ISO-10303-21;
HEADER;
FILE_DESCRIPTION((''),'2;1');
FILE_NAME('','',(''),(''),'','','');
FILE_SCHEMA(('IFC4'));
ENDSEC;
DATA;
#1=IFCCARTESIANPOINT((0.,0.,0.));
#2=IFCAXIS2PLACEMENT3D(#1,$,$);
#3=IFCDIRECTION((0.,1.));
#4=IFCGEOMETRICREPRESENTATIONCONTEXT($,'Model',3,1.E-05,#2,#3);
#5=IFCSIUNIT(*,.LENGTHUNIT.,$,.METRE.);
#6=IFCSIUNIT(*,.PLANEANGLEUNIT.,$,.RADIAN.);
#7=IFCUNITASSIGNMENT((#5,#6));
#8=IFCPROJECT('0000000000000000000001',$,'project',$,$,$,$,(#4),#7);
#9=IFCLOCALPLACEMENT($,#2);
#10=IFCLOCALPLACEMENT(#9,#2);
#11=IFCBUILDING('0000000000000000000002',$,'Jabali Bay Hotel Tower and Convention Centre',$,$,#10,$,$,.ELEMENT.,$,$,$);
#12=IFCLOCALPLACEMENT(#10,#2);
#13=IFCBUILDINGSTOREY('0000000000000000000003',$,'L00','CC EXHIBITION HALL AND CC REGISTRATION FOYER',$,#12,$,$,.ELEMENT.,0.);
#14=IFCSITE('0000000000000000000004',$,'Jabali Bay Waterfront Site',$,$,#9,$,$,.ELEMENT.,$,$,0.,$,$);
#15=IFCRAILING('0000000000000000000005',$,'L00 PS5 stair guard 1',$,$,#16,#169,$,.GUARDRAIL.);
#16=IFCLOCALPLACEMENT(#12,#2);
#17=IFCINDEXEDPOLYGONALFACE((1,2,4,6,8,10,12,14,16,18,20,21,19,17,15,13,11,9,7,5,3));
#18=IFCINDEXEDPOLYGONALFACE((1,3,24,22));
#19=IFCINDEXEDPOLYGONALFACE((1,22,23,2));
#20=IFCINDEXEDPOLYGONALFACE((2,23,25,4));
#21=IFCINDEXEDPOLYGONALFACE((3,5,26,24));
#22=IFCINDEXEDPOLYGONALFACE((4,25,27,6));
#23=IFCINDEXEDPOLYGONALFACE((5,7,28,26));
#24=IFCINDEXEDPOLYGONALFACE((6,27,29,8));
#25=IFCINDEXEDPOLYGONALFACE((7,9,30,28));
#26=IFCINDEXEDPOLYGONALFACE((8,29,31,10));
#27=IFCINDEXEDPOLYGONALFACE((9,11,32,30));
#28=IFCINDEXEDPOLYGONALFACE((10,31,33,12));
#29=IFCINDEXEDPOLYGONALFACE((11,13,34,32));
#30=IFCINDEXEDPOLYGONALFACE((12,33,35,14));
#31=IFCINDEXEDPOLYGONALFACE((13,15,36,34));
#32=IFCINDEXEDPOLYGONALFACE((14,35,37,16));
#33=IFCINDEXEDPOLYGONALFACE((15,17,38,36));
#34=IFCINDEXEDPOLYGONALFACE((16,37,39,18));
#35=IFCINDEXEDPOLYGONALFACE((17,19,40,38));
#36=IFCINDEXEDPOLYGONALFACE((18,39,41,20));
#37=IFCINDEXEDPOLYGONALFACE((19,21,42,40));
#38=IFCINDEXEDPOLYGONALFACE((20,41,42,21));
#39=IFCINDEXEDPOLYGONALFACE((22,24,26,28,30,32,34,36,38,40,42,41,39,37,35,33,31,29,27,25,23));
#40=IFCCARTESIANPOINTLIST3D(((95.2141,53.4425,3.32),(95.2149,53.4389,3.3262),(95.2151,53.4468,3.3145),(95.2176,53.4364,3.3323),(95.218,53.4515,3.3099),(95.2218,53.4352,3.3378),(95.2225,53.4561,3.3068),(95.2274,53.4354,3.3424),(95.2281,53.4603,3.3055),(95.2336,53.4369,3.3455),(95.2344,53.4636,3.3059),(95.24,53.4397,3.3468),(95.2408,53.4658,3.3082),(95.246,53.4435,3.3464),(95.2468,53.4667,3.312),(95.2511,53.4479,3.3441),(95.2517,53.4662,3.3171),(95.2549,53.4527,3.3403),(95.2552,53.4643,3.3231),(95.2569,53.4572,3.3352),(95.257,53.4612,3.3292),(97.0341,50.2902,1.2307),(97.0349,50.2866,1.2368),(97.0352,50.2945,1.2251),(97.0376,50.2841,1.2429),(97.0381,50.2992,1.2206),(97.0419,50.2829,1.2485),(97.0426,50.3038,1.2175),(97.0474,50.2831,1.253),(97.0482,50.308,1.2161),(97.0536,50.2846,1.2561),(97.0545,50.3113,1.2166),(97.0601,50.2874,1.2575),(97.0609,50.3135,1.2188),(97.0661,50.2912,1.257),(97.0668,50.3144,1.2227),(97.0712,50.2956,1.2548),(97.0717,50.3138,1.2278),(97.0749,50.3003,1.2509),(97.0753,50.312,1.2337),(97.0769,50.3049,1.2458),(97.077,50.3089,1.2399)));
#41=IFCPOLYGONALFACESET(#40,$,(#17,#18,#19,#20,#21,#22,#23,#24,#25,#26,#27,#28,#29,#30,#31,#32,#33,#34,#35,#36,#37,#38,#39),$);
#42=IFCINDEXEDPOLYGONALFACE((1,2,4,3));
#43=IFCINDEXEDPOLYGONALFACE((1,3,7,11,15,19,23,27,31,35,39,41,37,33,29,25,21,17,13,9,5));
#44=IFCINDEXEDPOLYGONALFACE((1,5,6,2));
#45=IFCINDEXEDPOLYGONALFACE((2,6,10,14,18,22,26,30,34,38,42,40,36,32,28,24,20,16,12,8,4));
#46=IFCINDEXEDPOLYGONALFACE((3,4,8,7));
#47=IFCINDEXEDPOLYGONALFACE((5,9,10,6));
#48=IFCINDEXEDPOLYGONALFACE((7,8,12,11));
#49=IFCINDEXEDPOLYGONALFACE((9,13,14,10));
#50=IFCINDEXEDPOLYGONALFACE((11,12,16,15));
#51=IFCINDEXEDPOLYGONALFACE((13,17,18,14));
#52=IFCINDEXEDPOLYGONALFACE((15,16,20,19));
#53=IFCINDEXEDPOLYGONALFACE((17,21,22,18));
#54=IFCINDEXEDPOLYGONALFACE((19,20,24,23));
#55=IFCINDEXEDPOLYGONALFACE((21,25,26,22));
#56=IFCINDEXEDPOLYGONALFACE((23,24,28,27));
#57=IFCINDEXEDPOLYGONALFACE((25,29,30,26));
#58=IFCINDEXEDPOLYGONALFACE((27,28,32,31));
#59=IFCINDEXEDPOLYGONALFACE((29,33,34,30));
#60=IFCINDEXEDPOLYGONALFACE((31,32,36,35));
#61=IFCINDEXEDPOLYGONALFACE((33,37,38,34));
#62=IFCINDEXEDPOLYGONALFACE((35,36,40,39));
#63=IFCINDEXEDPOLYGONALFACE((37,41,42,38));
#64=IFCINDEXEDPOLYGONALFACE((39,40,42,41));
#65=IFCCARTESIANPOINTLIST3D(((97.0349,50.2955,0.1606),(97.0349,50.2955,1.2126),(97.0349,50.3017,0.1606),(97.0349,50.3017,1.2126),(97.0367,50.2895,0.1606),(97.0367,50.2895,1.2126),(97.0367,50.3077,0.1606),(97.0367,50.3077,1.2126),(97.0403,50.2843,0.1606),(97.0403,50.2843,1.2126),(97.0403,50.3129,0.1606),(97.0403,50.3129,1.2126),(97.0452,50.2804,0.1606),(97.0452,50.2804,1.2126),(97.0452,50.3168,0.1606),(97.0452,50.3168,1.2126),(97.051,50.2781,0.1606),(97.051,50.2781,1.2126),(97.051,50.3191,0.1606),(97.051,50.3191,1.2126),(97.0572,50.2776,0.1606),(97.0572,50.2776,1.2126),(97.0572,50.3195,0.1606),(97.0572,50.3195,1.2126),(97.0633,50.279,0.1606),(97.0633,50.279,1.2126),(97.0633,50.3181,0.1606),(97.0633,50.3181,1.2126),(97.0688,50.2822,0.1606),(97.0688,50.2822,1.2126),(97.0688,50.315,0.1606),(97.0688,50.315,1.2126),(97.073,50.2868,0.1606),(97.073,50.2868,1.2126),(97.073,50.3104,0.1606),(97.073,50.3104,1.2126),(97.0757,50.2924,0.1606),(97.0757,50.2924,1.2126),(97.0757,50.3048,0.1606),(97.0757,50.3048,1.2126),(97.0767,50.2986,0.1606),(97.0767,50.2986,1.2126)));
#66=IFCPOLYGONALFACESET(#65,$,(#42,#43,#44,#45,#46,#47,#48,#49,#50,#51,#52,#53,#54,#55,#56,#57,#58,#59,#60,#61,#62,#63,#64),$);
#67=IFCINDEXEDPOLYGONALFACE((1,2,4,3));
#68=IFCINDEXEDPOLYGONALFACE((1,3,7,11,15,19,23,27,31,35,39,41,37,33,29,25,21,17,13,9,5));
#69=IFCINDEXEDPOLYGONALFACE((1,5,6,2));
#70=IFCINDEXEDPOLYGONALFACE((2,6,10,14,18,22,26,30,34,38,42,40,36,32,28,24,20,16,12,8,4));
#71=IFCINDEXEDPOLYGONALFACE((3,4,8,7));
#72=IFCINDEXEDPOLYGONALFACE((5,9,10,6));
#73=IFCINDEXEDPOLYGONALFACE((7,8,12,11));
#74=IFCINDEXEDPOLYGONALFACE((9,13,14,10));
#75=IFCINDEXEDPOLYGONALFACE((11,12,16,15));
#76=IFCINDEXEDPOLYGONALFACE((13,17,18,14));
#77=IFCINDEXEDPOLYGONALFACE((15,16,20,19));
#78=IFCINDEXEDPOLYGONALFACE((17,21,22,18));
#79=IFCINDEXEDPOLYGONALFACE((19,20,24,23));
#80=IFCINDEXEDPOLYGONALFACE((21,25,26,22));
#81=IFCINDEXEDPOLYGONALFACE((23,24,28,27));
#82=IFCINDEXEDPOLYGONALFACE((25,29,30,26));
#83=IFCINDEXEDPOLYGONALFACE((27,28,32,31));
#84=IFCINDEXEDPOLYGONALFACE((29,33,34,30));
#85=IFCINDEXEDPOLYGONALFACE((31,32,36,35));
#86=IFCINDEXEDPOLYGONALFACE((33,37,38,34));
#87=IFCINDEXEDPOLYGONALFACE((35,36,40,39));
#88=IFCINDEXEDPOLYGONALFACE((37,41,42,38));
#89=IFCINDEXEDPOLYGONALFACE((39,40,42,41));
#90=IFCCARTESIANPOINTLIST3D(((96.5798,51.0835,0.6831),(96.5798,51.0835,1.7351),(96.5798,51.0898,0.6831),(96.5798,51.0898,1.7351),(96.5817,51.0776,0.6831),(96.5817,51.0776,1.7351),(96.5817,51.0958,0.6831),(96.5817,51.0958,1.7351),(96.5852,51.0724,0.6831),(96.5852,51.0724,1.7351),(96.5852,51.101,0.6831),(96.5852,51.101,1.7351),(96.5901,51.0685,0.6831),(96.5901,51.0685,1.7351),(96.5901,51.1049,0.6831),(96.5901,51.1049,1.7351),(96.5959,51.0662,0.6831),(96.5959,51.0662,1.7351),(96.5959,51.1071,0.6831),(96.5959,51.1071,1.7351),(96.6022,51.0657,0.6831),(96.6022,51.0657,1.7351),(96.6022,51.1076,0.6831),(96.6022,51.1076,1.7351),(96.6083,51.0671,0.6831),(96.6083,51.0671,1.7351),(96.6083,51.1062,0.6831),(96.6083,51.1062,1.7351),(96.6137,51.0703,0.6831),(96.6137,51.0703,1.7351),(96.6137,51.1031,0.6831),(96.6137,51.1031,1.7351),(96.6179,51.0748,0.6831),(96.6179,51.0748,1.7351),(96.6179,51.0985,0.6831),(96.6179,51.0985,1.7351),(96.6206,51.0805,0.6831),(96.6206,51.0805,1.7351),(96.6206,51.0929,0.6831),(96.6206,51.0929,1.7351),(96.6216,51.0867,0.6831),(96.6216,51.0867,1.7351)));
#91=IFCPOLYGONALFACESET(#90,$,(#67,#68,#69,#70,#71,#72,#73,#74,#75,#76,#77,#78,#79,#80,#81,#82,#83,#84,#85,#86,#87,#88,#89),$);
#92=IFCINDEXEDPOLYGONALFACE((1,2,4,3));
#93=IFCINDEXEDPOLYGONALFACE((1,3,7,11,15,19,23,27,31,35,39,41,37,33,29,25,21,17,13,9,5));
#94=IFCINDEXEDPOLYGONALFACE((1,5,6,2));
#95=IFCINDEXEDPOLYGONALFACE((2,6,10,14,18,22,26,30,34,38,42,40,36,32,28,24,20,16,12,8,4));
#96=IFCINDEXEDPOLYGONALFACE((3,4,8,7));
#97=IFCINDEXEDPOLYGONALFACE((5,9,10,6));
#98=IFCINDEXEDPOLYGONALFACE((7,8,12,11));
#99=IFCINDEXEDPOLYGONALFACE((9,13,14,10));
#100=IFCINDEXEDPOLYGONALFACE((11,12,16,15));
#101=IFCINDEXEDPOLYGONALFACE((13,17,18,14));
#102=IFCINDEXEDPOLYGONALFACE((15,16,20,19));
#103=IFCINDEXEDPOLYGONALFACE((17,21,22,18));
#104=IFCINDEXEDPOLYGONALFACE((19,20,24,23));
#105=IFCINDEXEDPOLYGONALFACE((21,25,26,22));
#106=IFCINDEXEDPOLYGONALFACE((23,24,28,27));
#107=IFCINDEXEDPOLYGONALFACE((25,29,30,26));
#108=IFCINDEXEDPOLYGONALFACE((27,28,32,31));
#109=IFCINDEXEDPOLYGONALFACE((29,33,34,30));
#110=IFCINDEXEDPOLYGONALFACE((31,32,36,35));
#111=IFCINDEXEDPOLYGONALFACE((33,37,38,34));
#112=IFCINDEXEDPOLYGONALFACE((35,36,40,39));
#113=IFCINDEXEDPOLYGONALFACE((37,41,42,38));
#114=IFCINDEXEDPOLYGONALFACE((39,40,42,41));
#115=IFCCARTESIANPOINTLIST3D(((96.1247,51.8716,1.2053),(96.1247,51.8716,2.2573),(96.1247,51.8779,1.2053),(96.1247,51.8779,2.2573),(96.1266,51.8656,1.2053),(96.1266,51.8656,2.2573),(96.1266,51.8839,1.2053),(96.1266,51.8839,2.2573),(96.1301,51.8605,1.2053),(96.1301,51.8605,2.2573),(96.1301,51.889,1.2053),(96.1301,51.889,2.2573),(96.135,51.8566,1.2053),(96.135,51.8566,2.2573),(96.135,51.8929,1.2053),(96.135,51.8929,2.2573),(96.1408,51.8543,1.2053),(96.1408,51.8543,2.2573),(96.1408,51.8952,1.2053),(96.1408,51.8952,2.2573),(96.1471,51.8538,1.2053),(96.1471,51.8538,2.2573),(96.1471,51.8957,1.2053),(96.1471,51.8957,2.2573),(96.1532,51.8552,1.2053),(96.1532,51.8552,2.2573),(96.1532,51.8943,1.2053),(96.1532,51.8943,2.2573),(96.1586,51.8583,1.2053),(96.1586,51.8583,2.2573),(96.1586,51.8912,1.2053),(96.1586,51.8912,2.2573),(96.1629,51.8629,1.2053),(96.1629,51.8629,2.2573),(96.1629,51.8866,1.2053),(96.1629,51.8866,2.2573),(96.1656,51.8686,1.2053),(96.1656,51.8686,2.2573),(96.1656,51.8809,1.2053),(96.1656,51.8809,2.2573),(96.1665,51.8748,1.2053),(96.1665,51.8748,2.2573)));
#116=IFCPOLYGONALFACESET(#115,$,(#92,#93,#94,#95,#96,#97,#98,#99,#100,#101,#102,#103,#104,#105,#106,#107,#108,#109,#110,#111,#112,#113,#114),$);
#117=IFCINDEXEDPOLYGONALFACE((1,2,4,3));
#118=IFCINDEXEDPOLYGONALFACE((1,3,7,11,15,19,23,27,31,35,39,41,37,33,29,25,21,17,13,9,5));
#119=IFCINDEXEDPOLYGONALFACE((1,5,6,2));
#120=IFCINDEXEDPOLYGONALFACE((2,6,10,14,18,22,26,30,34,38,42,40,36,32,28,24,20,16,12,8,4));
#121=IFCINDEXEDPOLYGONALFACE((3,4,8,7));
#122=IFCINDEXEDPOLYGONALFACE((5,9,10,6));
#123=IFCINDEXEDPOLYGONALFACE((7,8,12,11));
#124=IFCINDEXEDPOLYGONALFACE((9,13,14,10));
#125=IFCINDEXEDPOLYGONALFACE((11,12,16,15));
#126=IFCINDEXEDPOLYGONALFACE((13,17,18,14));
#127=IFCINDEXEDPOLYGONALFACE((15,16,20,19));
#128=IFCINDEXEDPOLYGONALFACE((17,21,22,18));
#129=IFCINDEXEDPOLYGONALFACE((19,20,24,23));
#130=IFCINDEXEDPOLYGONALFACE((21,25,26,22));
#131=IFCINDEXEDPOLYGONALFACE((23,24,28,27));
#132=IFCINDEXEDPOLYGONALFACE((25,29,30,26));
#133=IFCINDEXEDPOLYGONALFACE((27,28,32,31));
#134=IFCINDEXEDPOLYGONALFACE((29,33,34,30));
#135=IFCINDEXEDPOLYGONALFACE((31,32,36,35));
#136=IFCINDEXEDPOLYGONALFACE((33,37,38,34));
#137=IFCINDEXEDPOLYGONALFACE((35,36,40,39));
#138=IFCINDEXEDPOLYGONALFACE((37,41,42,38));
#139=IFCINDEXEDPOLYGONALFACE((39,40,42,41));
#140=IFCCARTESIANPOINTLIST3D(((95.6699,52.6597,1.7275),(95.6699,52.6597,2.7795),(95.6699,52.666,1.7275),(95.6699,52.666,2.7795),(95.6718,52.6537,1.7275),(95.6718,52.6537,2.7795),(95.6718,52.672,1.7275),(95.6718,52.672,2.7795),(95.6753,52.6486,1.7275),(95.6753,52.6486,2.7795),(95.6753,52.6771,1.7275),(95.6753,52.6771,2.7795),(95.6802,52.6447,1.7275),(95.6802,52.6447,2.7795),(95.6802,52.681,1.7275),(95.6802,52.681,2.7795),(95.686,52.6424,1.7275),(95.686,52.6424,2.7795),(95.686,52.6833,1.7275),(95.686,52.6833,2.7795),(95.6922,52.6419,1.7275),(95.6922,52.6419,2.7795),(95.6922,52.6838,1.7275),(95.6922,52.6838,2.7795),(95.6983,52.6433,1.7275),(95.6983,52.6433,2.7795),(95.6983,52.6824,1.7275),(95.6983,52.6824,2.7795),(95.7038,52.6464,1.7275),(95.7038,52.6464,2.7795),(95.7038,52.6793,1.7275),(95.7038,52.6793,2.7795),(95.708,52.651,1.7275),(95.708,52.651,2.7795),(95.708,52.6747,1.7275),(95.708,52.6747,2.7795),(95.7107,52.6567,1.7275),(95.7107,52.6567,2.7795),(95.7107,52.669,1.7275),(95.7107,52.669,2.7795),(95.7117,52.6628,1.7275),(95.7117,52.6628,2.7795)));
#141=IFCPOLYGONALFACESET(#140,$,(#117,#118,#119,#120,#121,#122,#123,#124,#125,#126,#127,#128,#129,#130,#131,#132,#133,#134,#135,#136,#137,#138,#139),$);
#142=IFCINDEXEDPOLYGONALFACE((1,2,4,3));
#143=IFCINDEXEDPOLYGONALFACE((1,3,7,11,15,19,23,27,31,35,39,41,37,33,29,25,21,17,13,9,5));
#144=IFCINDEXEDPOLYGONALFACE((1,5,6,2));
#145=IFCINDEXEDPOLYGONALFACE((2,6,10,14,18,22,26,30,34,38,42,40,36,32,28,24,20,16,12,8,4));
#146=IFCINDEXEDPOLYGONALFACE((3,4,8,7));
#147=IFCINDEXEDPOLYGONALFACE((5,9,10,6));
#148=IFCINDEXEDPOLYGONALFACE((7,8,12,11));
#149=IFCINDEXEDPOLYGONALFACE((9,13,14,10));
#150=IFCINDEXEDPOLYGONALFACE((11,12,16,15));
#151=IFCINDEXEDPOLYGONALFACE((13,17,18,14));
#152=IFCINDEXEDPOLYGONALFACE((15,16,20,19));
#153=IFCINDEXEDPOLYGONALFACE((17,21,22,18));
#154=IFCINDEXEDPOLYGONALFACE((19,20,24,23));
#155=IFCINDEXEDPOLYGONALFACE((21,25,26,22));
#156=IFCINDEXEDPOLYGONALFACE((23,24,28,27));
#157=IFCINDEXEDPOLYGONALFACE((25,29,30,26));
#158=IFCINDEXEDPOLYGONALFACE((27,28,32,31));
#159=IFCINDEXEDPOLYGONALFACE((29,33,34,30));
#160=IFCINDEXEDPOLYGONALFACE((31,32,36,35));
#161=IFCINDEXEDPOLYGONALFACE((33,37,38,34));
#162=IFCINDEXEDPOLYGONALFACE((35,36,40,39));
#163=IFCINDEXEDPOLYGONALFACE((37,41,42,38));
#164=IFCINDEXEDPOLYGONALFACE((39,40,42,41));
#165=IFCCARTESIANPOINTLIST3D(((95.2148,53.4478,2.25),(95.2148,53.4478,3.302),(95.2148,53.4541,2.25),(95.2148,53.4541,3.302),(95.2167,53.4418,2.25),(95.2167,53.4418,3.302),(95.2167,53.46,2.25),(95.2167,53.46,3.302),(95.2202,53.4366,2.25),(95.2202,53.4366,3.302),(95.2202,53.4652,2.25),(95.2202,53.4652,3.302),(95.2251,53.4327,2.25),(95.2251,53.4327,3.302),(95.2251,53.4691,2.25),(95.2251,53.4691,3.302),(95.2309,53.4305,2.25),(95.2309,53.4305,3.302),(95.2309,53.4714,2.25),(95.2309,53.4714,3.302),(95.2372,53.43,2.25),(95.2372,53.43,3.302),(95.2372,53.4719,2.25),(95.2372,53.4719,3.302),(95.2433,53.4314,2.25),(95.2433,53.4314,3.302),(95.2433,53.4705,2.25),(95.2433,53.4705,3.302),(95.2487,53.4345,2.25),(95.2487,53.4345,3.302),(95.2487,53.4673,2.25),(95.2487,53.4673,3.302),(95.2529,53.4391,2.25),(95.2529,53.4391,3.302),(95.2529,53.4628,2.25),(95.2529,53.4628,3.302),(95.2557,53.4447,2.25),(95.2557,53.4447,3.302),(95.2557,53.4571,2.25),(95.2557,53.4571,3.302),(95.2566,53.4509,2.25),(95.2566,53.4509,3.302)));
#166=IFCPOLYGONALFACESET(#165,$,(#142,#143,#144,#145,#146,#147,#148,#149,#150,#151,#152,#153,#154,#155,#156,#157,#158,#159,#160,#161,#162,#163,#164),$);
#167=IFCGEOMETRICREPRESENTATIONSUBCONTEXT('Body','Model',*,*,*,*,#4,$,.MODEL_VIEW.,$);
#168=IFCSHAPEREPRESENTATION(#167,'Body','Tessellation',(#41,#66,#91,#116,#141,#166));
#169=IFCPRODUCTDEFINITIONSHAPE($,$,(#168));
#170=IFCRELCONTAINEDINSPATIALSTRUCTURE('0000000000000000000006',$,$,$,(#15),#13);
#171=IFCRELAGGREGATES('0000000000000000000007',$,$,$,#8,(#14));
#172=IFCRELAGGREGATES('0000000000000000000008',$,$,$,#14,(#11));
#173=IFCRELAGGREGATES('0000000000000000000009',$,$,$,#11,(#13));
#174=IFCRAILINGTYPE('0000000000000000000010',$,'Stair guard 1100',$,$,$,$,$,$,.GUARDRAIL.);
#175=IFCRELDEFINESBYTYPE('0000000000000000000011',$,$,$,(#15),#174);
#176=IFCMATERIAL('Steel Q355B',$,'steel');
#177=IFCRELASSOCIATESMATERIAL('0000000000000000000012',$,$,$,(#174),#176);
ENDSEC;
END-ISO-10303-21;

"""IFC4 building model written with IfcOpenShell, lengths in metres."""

from ifc_helpers import new_model, si_unit, direction, frame, origin, origin_2d, place, context, subcontext, project, spatial, circle, extrude, material, type_object, element, save


model = new_model("IFC4")

# Units and contexts
model_context = context("Model", 3, precision=1e-05, world=origin(), true_north=direction((0.0, 1.0)))
body_context = subcontext(model_context, "Body", "Model", "MODEL_VIEW")
ifc_project = project(units=[si_unit("LENGTHUNIT", "METRE"), si_unit("PLANEANGLEUNIT", "RADIAN")], contexts=[model_context])

# Site, building, storey
site_placement = place(None, origin())
site = spatial("IfcSite", under=ifc_project, at=site_placement, Name="Jabali Bay Waterfront Site", CompositionType="ELEMENT", RefElevation=0.0)
building_placement = place(site_placement, origin())
building = spatial("IfcBuilding", under=site, at=building_placement, Name="Jabali Bay Hotel Tower and Convention Centre", CompositionType="ELEMENT")
storey_placement = place(building_placement, origin())
storey = spatial("IfcBuildingStorey", under=building, at=storey_placement, Name="L00", Description="CC EXHIBITION HALL AND CC REGISTRATION FOYER", CompositionType="ELEMENT", Elevation=0.0)

# Shared definitions
ifc_material_1 = material(Name="Steel Q355B", Category="steel")

# Railing
railing_type = type_object("IfcRailingType", Name="Stair guard 1100", PredefinedType="GUARDRAIL", material=ifc_material_1)
for number, where, name in (
    (1, (97.0557, 50.2986, 0.1606), "L00 PS5 stair guard 1"),
):
    element("IfcRailing", number, at=place(storey_placement, frame(where)), inside=storey, type_object=railing_type, Name=name, PredefinedType="GUARDRAIL", context=body_context, shape_type="SweptSolid", body=[
        extrude(circle(Radius=0.0239, at=origin_2d()), frame((0.0, 0.0, 1.0762), z_axis=(-0.433653, 0.751084, 0.497814), x_axis=(-0.866018, -0.500013, 0.0)), (0.0, 0.0, 1.0), 4.197),
        extrude(circle(Radius=0.021, at=origin_2d()), origin(), (0.0, 0.0, 1.0), 1.052),
        extrude(circle(Radius=0.021, at=origin_2d()), frame((-0.4551, 0.7881, 0.5225)), (0.0, 0.0, 1.0), 1.052),
        extrude(circle(Radius=0.021, at=origin_2d()), frame((-0.9102, 1.5762, 1.0447)), (0.0, 0.0, 1.0), 1.052),
        extrude(circle(Radius=0.021, at=origin_2d()), frame((-1.365, 2.3643, 1.5669)), (0.0, 0.0, 1.0), 1.052),
        extrude(circle(Radius=0.021, at=origin_2d()), frame((-1.8201, 3.1523, 2.0894)), (0.0, 0.0, 1.0), 1.052),
    ])

save(model, "model.ifc")
